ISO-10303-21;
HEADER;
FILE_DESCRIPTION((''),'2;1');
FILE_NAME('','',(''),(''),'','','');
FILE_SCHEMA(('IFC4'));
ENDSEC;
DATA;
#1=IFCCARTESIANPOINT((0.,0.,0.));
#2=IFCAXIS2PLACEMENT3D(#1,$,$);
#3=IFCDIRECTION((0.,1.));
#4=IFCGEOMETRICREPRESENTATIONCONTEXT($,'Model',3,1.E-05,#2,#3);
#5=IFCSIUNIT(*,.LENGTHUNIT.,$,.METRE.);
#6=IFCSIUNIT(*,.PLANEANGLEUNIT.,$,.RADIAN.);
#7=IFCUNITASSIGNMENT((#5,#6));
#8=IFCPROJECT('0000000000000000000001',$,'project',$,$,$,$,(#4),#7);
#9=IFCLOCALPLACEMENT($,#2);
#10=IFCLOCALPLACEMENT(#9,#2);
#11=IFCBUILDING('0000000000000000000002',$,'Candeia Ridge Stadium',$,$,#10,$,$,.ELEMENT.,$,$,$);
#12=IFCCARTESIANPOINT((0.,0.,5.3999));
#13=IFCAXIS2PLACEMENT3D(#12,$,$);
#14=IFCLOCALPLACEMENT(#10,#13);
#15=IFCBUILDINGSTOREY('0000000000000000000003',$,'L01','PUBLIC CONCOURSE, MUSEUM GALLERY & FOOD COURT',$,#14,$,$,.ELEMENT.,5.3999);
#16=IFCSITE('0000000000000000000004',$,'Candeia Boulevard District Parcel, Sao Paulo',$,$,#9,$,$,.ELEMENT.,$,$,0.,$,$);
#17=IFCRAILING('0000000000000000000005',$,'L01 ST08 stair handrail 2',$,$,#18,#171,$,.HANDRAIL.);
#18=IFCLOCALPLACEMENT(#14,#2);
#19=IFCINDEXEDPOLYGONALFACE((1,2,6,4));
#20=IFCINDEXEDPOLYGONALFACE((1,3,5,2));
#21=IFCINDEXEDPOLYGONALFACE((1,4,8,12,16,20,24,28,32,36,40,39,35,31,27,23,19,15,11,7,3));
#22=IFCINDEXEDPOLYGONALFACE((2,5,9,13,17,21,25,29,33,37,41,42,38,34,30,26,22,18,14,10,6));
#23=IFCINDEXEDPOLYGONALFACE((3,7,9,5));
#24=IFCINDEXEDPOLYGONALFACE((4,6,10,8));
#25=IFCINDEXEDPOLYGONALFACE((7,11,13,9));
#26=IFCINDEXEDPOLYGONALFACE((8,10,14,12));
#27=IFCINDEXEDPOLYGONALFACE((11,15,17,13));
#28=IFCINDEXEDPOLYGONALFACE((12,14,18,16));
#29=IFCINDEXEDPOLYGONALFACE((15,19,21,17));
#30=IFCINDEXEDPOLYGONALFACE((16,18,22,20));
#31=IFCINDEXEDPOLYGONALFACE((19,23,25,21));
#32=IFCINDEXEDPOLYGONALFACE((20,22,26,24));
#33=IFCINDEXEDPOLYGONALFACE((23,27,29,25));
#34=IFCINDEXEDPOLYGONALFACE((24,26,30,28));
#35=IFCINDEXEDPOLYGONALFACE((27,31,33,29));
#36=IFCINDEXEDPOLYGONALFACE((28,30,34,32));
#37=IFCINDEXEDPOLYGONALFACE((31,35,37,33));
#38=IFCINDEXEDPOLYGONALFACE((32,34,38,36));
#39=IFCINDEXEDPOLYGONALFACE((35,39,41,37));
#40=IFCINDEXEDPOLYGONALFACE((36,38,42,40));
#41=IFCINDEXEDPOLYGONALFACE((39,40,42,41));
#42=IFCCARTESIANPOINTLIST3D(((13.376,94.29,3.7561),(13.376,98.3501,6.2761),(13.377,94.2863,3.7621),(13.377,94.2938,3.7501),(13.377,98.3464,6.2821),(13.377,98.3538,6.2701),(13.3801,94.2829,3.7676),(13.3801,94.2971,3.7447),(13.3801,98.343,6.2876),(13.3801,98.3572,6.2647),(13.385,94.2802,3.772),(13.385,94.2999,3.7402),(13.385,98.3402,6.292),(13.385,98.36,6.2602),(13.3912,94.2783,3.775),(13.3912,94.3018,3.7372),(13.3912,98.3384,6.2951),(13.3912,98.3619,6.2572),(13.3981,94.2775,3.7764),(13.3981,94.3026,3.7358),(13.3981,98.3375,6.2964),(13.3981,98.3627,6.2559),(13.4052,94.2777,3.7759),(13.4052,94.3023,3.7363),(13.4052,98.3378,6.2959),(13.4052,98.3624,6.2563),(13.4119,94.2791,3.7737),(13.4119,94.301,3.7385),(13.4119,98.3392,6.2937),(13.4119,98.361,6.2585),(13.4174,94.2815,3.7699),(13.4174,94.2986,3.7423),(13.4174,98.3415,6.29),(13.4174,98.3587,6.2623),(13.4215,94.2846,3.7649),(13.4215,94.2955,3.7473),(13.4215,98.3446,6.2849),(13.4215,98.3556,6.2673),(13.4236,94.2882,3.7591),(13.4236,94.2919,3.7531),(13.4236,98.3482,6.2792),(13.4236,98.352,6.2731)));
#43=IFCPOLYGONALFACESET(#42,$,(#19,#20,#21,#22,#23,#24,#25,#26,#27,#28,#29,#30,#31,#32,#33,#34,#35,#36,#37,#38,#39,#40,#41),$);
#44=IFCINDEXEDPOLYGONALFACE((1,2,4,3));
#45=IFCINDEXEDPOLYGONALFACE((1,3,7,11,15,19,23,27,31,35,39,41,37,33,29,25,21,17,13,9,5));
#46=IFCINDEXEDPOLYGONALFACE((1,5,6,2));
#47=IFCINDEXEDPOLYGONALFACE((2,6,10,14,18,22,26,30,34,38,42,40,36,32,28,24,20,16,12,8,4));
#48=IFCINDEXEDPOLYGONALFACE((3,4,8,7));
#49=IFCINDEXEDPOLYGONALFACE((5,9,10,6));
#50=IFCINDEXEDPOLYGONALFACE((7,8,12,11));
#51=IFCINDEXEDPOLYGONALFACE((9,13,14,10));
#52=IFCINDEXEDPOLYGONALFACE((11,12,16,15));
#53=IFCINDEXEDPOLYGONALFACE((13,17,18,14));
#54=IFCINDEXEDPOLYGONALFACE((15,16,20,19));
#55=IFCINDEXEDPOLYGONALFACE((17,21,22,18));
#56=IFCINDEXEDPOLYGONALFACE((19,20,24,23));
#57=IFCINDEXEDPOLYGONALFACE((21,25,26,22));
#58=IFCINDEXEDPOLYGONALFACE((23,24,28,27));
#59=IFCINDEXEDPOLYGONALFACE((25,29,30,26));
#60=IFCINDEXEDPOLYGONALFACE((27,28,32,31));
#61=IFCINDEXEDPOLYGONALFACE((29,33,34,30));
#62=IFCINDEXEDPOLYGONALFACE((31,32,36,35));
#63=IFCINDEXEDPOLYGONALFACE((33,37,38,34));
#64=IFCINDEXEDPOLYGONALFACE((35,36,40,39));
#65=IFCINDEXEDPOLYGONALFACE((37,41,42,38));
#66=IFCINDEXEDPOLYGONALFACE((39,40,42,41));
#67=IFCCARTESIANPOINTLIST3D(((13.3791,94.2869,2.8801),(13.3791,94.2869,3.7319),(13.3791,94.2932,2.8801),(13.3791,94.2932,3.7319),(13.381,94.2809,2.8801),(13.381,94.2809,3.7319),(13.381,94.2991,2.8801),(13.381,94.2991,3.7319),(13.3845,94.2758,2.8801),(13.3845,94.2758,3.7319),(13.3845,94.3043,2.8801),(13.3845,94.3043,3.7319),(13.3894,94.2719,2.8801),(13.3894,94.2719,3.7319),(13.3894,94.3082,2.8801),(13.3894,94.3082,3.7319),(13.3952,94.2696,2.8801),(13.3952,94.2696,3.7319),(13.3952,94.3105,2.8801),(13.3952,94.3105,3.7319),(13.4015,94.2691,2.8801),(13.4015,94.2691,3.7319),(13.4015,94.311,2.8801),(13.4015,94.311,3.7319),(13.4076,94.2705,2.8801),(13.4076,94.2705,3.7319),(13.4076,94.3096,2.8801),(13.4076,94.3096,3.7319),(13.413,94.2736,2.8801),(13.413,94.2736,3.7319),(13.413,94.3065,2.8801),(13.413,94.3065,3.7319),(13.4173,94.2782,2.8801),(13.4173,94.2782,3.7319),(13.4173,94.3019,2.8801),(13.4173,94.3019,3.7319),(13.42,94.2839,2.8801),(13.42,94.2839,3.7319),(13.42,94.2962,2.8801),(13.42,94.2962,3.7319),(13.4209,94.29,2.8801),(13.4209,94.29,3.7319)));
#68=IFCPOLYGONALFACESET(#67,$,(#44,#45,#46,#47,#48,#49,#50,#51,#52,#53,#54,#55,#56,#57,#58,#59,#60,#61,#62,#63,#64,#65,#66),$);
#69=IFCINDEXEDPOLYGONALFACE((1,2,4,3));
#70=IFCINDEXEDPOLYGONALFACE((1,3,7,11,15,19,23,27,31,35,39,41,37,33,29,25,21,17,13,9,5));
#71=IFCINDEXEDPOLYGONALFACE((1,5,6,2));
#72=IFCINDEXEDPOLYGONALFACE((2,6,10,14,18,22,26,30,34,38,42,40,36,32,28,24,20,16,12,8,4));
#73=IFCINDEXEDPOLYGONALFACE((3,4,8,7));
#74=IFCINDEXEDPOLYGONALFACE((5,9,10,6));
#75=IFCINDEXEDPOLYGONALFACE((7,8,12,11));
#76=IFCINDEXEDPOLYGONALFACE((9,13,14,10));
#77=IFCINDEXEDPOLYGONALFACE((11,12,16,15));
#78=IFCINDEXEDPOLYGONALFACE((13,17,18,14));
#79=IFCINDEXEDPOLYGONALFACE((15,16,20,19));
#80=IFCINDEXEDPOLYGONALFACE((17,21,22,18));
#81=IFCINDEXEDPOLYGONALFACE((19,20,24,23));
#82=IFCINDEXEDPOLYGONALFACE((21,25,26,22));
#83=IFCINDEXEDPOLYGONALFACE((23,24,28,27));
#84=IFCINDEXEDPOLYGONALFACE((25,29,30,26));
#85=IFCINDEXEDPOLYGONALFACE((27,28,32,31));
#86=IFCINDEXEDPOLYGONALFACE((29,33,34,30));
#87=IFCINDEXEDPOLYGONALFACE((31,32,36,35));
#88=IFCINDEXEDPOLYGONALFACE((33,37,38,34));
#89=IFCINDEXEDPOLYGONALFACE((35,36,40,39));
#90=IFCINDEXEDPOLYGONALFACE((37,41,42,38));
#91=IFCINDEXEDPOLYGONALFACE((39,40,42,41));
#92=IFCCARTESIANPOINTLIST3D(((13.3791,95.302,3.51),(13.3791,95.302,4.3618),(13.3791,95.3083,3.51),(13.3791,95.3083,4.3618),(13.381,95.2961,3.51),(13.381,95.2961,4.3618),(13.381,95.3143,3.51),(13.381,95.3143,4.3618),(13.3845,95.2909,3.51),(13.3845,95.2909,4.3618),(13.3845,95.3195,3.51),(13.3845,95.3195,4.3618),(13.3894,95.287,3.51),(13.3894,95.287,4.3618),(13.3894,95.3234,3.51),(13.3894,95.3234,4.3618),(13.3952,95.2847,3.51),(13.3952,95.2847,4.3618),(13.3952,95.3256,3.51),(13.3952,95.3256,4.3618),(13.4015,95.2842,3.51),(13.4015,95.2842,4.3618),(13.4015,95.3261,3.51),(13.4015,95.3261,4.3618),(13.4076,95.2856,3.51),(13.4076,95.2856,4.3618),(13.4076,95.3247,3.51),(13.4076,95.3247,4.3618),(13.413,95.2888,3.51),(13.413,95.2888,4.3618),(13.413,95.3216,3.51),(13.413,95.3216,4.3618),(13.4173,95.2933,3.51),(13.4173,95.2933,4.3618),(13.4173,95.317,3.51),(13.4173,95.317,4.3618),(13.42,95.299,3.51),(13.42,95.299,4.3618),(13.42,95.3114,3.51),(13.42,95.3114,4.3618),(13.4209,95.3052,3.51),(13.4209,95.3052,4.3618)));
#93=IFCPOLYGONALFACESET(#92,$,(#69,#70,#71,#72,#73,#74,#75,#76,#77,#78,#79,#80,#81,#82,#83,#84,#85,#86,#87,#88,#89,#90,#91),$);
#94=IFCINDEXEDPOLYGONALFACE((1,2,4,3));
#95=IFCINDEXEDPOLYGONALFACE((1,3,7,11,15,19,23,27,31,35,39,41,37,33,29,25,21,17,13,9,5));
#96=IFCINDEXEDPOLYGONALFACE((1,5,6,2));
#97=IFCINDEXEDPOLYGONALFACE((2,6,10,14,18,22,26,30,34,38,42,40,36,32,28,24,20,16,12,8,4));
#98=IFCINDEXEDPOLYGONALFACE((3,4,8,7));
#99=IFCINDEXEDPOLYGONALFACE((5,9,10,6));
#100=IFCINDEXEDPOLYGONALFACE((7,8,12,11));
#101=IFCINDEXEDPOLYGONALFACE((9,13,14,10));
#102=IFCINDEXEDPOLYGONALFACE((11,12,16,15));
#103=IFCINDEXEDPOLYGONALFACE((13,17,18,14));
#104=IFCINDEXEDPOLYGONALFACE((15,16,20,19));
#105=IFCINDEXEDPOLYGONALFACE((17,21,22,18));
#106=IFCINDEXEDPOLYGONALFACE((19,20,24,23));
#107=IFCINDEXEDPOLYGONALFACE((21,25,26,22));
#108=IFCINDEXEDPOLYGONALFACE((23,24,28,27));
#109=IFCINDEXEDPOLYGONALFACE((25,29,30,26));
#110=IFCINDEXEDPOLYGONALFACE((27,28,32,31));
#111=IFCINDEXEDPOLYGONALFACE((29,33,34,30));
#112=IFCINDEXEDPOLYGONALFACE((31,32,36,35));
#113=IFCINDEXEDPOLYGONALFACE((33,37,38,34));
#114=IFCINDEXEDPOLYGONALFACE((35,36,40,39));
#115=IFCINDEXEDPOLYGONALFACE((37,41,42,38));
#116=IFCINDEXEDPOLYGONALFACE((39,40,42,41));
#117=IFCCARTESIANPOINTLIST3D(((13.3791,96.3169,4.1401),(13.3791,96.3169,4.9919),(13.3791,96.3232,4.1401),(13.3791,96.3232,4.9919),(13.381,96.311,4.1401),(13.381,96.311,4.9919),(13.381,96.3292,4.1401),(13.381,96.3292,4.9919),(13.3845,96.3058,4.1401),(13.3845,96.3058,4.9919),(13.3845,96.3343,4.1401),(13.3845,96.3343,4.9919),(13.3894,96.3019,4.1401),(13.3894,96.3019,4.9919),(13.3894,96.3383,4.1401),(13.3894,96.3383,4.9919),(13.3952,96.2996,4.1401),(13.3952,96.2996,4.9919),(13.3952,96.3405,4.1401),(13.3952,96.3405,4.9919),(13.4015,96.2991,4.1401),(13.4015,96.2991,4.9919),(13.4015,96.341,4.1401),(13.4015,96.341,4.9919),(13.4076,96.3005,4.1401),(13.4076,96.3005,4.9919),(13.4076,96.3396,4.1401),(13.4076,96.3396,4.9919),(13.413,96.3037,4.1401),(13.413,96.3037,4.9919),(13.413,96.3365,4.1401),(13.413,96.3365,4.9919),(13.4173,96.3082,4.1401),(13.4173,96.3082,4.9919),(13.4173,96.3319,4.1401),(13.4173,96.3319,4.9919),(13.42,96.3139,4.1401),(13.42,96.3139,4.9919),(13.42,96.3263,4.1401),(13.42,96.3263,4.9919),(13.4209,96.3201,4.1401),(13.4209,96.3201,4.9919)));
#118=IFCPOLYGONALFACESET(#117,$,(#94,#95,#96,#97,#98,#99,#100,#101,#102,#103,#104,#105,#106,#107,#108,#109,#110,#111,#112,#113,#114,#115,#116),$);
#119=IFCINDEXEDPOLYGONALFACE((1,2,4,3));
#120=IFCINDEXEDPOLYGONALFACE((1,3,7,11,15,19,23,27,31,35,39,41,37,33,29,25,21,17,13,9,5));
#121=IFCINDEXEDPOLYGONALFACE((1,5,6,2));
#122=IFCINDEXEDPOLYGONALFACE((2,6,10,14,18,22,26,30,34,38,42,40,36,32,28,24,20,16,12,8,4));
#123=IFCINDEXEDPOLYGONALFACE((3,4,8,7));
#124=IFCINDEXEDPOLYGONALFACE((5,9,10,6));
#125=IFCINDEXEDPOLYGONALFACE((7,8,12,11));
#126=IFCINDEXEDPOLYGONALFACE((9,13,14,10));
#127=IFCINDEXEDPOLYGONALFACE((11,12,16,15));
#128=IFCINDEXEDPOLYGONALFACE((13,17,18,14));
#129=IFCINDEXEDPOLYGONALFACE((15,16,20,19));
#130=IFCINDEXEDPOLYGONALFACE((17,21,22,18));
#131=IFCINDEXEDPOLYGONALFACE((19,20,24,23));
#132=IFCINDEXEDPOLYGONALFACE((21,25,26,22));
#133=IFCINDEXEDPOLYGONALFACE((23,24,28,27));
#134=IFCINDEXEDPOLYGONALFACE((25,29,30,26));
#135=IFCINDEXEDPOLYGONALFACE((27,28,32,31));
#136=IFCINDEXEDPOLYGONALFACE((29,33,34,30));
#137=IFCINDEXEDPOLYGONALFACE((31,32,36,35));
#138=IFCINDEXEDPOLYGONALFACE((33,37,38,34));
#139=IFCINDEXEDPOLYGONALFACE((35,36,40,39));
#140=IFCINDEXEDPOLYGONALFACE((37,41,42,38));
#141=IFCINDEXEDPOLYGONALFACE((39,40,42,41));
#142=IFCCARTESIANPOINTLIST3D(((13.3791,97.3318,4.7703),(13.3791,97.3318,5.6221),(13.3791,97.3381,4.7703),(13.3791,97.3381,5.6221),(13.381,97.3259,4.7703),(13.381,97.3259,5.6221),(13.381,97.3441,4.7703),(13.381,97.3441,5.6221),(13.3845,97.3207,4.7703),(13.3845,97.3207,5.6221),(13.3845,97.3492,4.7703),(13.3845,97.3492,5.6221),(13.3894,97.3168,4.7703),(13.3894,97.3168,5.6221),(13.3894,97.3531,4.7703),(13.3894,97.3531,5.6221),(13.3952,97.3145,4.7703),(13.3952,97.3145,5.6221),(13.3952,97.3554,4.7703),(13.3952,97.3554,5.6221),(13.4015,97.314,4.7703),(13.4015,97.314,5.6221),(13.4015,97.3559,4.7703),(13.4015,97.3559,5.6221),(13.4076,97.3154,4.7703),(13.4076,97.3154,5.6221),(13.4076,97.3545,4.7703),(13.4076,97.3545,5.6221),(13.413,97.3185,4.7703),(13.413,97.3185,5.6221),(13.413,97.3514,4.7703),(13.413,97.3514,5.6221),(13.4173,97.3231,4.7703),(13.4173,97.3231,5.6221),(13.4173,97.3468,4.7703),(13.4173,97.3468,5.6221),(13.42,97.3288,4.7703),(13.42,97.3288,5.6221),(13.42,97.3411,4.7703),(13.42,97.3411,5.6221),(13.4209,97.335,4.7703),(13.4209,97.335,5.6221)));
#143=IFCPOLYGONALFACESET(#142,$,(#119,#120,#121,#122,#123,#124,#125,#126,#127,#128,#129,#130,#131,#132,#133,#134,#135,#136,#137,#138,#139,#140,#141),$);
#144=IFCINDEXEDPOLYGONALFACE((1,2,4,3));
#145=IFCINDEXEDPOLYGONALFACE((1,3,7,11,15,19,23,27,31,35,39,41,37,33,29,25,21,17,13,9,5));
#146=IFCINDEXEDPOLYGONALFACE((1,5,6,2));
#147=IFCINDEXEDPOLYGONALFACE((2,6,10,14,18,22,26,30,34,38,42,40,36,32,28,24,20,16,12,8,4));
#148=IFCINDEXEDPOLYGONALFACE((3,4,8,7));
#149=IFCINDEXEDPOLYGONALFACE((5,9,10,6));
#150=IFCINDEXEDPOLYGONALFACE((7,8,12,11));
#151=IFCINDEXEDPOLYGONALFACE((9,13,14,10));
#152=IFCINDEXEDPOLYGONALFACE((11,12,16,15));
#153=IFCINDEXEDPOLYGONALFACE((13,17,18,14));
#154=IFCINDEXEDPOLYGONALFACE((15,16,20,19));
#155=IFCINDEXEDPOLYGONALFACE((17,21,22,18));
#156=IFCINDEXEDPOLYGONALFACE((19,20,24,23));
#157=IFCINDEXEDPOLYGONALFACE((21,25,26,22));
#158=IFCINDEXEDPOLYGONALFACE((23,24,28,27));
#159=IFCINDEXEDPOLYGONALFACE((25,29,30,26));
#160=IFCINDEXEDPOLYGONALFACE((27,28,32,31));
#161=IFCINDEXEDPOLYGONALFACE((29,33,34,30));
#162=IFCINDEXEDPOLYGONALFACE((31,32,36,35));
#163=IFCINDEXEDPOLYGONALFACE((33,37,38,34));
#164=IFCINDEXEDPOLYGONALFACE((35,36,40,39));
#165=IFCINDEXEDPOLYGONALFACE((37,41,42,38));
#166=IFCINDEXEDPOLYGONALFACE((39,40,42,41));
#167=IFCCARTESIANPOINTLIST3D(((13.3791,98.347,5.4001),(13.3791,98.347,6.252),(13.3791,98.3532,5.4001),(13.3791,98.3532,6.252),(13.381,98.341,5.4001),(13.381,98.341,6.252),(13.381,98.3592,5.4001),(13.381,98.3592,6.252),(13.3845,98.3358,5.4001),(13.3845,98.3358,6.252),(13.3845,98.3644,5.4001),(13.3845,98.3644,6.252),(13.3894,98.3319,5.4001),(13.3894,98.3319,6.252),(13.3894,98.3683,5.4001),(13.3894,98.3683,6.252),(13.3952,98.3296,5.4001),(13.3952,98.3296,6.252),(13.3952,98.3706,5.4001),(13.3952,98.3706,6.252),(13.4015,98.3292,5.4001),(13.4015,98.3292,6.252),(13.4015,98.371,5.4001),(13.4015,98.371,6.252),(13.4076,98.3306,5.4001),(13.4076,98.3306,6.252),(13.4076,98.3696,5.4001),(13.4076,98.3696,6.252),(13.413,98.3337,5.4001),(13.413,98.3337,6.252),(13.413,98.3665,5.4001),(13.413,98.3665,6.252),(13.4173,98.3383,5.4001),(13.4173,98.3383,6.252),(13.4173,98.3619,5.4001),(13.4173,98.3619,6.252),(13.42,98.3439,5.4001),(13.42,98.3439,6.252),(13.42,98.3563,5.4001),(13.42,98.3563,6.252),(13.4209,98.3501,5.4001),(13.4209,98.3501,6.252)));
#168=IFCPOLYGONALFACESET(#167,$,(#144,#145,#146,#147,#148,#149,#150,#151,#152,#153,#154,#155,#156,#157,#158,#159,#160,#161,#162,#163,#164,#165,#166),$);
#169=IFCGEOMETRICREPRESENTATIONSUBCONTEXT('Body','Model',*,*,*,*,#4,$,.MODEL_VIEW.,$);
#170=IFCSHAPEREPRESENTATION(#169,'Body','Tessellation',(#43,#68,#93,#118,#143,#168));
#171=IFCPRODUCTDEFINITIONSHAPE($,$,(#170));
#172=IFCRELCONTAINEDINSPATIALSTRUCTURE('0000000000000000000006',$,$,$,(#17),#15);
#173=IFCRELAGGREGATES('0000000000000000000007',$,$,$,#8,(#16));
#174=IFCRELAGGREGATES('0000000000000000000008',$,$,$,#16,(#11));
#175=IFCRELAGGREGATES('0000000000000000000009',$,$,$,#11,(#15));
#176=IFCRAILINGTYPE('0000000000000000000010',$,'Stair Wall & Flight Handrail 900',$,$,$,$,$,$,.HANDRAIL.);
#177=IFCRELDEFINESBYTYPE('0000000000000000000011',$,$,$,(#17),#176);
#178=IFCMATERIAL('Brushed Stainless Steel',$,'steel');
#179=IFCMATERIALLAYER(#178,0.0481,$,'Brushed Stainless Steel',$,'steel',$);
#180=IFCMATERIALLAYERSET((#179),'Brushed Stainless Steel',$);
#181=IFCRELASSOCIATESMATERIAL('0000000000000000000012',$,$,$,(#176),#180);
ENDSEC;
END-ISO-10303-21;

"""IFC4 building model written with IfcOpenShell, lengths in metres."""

from ifc_helpers import new_model, si_unit, direction, frame, origin, origin_2d, place, context, subcontext, project, spatial, circle, extrude, material, layer, layer_set, type_object, element, save


model = new_model("IFC4")

# Units and contexts
model_context = context("Model", 3, precision=1e-05, world=origin(), true_north=direction((0.0, 1.0)))
body_context = subcontext(model_context, "Body", "Model", "MODEL_VIEW")
ifc_project = project(units=[si_unit("LENGTHUNIT", "METRE"), si_unit("PLANEANGLEUNIT", "RADIAN")], contexts=[model_context])

# Site, building, storey
site_placement = place(None, origin())
site = spatial("IfcSite", under=ifc_project, at=site_placement, Name="Candeia Boulevard District Parcel, Sao Paulo", CompositionType="ELEMENT", RefElevation=0.0)
building_placement = place(site_placement, origin())
building = spatial("IfcBuilding", under=site, at=building_placement, Name="Candeia Ridge Stadium", CompositionType="ELEMENT")
storey_placement = place(building_placement, frame((0.0, 0.0, 5.3999)))
storey = spatial("IfcBuildingStorey", under=building, at=storey_placement, Name="L01", Description="PUBLIC CONCOURSE, MUSEUM GALLERY & FOOD COURT", CompositionType="ELEMENT", Elevation=5.3999)

# Railing
ifc_material_1 = material(Name="Brushed Stainless Steel", Category="steel")
ifc_layer_1 = layer(ifc_material_1, 0.0481, Name="Brushed Stainless Steel", Category="steel")
ifc_layer_set_1 = layer_set([ifc_layer_1], Name="Brushed Stainless Steel")
railing_type_1 = type_object("IfcRailingType", Name="Stair Wall & Flight Handrail 900", PredefinedType="HANDRAIL", material=ifc_layer_set_1)
railing_1_placement = place(storey_placement, frame((13.3999, 94.29, 2.8801)))
element("IfcRailing", 1, at=railing_1_placement, inside=storey, type_object=railing_type_1, Name="L01 ST08 stair handrail 2", PredefinedType="HANDRAIL", context=body_context, shape_type="SweptSolid", body=[
    extrude(circle(Radius=0.0239, at=origin_2d()), frame((0.0, 0.0, 0.876), z_axis=(0.0, 0.849642, 0.52736), x_axis=(-1.0, 0.0, 0.0)), (0.0, 0.0, 1.0), 4.7786),
    extrude(circle(Radius=0.021, at=origin_2d()), origin(), (0.0, 0.0, 1.0), 0.8518),
    extrude(circle(Radius=0.021, at=origin_2d()), frame((0.0, 1.0151, 0.6299)), (0.0, 0.0, 1.0), 0.8518),
    extrude(circle(Radius=0.021, at=origin_2d()), frame((0.0, 2.03, 1.26)), (0.0, 0.0, 1.0), 0.8518),
    extrude(circle(Radius=0.021, at=origin_2d()), frame((0.0, 3.0449, 1.8901)), (0.0, 0.0, 1.0), 0.8518),
    extrude(circle(Radius=0.021, at=origin_2d()), frame((0.0, 4.0601, 2.52)), (0.0, 0.0, 1.0), 0.8518),
])

save(model, "model.ifc")
